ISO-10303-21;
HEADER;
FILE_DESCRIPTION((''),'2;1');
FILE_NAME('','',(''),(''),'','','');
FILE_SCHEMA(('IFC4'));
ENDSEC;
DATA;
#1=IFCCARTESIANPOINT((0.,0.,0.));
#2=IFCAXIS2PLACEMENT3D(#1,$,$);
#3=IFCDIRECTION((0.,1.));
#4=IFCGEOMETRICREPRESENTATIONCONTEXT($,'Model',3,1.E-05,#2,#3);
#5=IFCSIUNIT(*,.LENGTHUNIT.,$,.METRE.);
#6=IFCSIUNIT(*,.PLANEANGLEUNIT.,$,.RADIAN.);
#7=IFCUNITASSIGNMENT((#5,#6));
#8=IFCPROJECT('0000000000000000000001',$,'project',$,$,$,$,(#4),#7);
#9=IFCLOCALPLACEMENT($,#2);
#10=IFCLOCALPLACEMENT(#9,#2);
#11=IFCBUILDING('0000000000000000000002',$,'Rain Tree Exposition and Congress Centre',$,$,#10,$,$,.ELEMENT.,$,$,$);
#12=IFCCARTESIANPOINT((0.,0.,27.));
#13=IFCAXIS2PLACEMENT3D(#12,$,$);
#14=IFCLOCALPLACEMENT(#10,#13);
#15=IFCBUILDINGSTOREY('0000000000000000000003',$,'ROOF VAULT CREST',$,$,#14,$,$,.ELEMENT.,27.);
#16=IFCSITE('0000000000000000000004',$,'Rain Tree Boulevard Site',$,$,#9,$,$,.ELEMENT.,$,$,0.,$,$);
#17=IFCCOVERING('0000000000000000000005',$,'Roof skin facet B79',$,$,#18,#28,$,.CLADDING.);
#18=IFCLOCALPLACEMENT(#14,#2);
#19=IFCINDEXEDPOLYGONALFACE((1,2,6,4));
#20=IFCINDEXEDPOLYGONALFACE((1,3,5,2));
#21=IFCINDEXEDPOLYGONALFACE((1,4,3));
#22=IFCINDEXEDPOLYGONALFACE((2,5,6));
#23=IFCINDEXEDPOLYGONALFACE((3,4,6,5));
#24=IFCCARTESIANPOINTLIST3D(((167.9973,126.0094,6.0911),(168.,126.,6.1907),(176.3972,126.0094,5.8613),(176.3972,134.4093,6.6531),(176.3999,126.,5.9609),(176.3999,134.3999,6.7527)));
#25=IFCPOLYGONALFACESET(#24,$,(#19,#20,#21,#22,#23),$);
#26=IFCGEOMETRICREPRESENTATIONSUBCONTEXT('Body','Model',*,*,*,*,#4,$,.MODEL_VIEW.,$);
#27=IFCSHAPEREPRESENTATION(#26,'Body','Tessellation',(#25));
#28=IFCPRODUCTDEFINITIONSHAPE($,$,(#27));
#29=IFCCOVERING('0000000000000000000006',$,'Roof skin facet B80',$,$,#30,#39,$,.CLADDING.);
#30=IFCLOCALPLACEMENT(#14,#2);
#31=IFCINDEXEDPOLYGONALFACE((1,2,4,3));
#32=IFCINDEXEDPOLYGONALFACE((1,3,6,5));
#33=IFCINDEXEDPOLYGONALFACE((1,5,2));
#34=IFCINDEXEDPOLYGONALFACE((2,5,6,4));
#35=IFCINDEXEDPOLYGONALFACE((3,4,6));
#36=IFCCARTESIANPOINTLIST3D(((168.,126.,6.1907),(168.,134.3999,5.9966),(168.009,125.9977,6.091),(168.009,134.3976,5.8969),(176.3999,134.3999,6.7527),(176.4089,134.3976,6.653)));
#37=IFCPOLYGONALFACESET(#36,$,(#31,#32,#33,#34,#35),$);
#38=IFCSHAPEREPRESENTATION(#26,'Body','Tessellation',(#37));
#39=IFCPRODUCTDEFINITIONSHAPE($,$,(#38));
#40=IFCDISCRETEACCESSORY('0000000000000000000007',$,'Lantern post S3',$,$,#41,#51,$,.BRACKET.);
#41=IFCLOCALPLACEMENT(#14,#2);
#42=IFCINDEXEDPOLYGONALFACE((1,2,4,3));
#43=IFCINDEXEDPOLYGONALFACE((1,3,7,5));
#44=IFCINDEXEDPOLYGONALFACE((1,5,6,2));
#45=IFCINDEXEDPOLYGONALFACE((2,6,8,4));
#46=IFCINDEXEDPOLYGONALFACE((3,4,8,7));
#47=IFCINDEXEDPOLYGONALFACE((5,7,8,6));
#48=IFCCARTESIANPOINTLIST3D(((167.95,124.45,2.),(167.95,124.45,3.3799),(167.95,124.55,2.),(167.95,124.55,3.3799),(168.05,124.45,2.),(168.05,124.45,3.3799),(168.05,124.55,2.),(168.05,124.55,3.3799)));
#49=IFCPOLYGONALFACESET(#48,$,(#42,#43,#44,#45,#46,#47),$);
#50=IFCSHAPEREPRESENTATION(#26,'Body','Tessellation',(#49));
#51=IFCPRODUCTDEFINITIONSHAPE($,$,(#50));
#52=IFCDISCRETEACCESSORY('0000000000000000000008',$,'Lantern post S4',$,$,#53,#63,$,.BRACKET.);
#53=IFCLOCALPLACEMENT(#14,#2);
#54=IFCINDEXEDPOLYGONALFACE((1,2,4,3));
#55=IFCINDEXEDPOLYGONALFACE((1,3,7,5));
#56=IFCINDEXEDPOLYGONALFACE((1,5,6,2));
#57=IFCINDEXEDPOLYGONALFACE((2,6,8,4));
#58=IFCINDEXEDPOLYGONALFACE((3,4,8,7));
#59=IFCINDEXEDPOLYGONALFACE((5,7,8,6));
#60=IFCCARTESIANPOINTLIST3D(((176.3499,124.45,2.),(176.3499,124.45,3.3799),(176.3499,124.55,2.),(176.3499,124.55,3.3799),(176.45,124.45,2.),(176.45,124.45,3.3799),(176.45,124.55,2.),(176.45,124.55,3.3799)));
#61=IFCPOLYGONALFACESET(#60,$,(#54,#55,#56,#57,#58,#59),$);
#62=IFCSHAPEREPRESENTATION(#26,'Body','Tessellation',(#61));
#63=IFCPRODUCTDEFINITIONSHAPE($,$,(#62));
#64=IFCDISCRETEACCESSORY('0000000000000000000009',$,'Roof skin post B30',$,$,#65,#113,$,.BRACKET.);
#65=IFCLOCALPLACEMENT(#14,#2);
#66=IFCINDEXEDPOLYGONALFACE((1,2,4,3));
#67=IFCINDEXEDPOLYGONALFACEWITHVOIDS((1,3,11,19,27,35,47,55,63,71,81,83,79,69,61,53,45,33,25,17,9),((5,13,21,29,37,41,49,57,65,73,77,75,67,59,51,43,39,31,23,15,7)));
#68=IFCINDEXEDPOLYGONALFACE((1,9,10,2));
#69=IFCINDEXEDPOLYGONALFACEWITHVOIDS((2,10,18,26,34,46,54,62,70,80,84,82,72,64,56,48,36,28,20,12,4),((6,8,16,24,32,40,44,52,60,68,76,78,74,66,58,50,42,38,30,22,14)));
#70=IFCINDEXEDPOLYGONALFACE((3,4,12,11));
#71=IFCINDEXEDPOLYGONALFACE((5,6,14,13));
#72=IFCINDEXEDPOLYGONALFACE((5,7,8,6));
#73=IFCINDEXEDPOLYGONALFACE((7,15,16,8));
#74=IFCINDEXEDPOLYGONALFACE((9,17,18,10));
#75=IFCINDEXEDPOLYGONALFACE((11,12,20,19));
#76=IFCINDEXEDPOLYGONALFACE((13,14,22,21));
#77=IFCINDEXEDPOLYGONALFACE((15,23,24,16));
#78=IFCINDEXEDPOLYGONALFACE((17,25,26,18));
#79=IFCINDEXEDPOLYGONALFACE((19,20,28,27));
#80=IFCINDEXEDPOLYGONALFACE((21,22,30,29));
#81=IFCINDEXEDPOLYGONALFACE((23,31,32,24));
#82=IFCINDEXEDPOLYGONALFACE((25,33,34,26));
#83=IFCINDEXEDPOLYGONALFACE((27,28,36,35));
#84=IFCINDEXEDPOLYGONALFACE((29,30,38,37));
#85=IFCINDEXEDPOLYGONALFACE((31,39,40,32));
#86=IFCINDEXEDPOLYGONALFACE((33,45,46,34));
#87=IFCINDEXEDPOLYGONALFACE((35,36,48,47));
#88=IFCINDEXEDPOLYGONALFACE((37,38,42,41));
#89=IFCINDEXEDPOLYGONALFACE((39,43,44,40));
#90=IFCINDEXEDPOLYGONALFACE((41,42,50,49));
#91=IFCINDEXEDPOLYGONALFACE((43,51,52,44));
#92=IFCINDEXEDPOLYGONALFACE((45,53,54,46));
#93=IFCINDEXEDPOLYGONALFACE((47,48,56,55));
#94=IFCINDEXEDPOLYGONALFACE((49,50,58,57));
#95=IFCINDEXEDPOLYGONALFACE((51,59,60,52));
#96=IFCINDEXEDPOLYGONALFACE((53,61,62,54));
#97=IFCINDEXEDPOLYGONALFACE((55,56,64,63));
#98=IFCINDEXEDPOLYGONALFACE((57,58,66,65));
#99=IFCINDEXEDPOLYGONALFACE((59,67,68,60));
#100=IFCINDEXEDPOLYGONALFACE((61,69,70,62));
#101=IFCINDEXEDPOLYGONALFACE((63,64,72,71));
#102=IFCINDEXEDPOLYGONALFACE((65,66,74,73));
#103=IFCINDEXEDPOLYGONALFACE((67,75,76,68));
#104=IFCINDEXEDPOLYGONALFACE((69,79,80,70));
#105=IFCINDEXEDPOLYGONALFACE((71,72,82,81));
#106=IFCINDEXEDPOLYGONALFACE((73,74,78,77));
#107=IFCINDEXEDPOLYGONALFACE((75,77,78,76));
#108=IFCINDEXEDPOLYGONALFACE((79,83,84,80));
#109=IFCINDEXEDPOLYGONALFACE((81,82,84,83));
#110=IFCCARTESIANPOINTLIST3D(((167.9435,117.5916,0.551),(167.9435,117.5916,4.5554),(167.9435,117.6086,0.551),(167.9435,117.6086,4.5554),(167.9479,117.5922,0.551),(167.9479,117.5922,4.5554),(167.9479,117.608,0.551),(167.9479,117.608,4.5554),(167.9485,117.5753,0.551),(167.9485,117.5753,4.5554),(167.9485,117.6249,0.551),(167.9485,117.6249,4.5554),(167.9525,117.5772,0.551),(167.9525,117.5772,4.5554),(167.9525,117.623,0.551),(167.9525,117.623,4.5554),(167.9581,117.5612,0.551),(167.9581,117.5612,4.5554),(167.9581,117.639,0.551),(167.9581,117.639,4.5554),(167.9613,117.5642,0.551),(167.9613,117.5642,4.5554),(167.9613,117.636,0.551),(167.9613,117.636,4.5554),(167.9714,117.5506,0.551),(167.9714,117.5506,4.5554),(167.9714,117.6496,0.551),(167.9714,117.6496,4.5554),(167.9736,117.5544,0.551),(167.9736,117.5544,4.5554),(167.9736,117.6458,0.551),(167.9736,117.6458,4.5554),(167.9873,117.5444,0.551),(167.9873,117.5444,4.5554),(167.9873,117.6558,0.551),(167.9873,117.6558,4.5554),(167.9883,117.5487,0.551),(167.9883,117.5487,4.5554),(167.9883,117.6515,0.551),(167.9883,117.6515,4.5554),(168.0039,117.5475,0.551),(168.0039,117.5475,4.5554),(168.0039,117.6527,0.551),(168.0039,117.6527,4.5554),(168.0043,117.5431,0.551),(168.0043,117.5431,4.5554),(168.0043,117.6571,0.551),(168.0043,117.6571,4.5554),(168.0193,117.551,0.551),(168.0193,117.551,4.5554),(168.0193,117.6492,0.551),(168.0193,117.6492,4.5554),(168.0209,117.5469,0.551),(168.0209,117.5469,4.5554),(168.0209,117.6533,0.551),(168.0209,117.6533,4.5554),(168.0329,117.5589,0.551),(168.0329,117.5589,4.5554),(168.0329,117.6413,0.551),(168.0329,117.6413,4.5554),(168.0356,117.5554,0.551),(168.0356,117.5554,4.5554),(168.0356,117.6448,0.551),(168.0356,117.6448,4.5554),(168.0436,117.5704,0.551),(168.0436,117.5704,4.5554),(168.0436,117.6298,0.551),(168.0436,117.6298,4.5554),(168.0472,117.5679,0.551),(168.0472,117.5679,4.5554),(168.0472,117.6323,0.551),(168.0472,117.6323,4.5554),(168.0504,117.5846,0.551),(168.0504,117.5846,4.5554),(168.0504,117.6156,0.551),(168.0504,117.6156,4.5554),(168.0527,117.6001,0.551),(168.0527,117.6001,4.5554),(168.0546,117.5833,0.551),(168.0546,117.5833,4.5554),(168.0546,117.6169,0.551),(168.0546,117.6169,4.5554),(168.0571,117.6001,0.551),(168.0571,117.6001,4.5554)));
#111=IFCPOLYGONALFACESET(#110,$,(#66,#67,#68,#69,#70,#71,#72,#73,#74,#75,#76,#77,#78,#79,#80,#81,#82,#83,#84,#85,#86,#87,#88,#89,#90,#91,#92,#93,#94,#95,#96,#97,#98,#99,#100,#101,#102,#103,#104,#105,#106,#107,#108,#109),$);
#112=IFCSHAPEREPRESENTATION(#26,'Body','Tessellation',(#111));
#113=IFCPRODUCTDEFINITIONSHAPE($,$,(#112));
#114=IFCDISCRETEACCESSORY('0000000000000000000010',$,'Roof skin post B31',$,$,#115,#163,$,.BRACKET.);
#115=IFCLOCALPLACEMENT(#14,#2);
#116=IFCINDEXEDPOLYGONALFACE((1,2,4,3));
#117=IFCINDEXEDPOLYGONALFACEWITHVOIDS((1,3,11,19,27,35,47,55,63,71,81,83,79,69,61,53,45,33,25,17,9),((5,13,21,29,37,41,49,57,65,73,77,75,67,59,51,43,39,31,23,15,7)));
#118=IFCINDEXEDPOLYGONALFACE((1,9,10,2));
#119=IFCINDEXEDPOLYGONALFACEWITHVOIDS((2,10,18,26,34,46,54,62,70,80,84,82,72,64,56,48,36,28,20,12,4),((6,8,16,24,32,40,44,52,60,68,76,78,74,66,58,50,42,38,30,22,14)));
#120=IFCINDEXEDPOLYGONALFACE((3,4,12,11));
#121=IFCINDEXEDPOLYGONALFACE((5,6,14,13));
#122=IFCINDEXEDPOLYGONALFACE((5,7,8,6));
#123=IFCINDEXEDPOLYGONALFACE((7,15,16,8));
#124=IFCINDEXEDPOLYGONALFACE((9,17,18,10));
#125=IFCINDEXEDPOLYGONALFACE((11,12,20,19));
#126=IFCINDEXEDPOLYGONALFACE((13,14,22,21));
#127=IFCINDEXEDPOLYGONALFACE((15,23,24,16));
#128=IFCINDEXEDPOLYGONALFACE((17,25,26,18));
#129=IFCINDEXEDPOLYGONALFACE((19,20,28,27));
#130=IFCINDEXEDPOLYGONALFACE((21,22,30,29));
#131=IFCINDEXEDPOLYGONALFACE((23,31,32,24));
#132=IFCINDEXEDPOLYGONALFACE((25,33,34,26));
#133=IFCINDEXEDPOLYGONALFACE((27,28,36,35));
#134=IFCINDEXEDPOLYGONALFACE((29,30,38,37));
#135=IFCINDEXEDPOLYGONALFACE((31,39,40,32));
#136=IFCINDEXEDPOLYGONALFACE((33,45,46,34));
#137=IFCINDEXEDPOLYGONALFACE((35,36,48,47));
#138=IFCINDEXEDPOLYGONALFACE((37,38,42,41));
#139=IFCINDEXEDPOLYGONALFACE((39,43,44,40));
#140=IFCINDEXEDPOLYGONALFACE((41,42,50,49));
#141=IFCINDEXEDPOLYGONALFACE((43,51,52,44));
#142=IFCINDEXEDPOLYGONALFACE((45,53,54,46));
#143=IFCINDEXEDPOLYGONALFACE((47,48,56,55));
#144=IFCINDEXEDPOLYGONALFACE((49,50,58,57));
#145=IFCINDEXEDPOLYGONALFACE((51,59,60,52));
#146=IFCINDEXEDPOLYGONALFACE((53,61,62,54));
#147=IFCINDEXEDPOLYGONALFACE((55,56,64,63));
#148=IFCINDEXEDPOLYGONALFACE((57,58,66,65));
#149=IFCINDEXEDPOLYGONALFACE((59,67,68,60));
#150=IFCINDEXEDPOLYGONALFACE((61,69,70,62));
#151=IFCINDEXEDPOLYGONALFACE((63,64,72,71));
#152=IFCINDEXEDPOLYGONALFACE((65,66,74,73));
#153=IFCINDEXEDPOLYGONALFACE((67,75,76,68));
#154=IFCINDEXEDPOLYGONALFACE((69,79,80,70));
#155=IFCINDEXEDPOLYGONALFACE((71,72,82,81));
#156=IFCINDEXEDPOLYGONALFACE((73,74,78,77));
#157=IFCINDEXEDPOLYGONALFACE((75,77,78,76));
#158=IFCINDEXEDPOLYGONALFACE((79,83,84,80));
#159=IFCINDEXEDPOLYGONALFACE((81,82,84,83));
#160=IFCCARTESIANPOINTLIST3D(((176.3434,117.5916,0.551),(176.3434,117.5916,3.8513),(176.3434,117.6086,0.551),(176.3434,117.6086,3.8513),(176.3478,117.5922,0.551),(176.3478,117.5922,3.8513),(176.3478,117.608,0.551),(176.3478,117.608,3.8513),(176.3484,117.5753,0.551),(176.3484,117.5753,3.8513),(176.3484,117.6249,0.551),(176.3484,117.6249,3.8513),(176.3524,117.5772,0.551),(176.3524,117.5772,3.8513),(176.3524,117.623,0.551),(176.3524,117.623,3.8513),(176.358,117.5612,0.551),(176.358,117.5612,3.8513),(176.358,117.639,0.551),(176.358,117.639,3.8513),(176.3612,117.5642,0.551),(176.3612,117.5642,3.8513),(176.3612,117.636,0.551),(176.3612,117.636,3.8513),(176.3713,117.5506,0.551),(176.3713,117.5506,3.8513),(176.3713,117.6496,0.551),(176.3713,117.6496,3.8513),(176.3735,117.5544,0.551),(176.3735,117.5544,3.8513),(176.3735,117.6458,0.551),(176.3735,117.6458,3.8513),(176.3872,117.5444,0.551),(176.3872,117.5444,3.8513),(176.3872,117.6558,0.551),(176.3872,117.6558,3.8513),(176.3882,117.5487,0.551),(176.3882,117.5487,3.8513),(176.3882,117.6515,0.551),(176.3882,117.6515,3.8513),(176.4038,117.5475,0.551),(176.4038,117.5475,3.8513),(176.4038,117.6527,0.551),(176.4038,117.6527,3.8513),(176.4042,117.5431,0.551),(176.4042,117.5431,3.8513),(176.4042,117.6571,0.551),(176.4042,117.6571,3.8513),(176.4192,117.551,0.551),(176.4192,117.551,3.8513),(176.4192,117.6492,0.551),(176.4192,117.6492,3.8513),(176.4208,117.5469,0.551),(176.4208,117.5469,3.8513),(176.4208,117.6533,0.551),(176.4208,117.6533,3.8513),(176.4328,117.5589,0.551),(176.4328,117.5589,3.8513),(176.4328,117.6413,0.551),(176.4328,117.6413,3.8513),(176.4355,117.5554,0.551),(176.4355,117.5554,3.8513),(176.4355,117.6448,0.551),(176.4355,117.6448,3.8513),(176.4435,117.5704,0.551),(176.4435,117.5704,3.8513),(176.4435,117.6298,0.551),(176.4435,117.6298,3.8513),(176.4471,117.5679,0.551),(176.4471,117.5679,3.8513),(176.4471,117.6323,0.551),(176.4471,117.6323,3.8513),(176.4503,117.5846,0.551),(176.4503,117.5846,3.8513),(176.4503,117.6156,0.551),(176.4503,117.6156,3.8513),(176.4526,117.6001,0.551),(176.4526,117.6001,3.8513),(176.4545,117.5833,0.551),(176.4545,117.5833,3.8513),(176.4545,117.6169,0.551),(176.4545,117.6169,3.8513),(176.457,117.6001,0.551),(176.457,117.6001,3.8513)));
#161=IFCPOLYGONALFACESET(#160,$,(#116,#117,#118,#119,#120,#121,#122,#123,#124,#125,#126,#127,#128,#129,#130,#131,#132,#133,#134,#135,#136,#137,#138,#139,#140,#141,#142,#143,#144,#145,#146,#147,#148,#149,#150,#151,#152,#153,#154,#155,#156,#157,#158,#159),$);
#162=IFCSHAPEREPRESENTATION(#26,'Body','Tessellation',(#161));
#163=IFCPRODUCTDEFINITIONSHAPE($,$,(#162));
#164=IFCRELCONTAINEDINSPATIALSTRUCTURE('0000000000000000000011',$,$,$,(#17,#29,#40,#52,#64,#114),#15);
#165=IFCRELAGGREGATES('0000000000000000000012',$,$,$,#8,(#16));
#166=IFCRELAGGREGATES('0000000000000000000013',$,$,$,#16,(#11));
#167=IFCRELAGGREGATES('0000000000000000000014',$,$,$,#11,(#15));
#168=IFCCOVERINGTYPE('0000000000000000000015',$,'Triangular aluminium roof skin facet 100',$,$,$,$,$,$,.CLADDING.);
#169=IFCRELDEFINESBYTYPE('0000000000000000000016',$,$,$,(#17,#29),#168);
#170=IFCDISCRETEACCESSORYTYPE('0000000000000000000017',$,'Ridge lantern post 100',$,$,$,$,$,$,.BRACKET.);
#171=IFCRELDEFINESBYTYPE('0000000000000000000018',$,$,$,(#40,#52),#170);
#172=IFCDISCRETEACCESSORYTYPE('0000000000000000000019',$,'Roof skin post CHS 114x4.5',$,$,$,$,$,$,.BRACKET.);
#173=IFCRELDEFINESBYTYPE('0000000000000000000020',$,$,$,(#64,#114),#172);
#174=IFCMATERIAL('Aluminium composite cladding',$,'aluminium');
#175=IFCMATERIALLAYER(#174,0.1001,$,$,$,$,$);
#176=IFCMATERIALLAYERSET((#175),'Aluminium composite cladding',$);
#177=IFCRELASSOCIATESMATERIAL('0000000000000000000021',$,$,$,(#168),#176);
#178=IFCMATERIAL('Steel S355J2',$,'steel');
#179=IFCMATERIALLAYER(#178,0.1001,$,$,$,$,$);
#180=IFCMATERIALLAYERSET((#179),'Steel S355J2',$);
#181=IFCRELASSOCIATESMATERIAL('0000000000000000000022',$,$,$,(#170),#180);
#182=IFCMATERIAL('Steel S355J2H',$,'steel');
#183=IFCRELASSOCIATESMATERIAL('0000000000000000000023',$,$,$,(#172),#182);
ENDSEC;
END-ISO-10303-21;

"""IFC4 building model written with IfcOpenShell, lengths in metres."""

from ifc_helpers import new_model, si_unit, direction, frame, origin, origin_2d, place, context, subcontext, project, spatial, polyline, rectangle, hollow_circle, outline, extrude, material, layer, layer_set, material_profile, profile_set, type_object, element, save


model = new_model("IFC4")

# Units and contexts
model_context = context("Model", 3, precision=1e-05, world=origin(), true_north=direction((0.0, 1.0)))
body_context = subcontext(model_context, "Body", "Model", "MODEL_VIEW")
ifc_project = project(units=[si_unit("LENGTHUNIT", "METRE"), si_unit("PLANEANGLEUNIT", "RADIAN")], contexts=[model_context])

# Site, building, storey
site_placement = place(None, origin())
site = spatial("IfcSite", under=ifc_project, at=site_placement, Name="Rain Tree Boulevard Site", CompositionType="ELEMENT", RefElevation=0.0)
building_placement = place(site_placement, origin())
building = spatial("IfcBuilding", under=site, at=building_placement, Name="Rain Tree Exposition and Congress Centre", CompositionType="ELEMENT")
storey_placement = place(building_placement, frame((0.0, 0.0, 27.0)))
storey = spatial("IfcBuildingStorey", under=building, at=storey_placement, Name="ROOF VAULT CREST", CompositionType="ELEMENT", Elevation=27.0)

# Coverings
ifc_material_1 = material(Name="Aluminium composite cladding", Category="aluminium")
ifc_layer_1 = layer(ifc_material_1, 0.1001)
ifc_layer_set_1 = layer_set([ifc_layer_1], Name="Aluminium composite cladding")
covering_type_1 = type_object("IfcCoveringType", Name="Triangular aluminium roof skin facet 100", PredefinedType="CLADDING", material=ifc_layer_set_1)
covering_1_placement = place(storey_placement, frame((168.0, 126.0, 6.1907), z_axis=(0.027219, -0.093806, 0.995218), x_axis=(0.999626, 0.0, -0.02734)))
element("IfcCovering", 1, at=covering_1_placement, inside=storey, type_object=covering_type_1, Name="Roof skin facet B79", PredefinedType="CLADDING", context=body_context, shape_type="SweptSolid", body=[
    extrude(outline(polyline([(0.0, 0.0), (8.403, 0.0), (8.3814, 8.4371), (0.0, 0.0)])), origin(), (0.0, 0.0, -1.0), 0.1001),
])
covering_2_placement = place(storey_placement, frame((168.0, 126.0, 6.1907), z_axis=(-0.089627, 0.023007, 0.99571), x_axis=(0.706317, 0.706317, 0.047257)))
element("IfcCovering", 2, at=covering_2_placement, inside=storey, type_object=covering_type_1, Name="Roof skin facet B80", PredefinedType="CLADDING", context=body_context, shape_type="SweptSolid", body=[
    extrude(outline(polyline([(0.0, 0.0), (11.8925, 0.0), (5.9238, 5.9586), (0.0, 0.0)])), origin(), (0.0, 0.0, -1.0), 0.1001),
])

# Discrete accessories
ifc_material_2 = material(Name="Steel S355J2", Category="steel")
ifc_layer_2 = layer(ifc_material_2, 0.1001)
ifc_layer_set_2 = layer_set([ifc_layer_2], Name="Steel S355J2")
discrete_accessory_type_1 = type_object("IfcDiscreteAccessoryType", Name="Ridge lantern post 100", PredefinedType="BRACKET", material=ifc_layer_set_2)
for number, where, z_axis, x_axis, name in (
    (3, (168.0, 124.5, 2.0), (0.0, 0.0, 1.0), (1.0, 0.0, 0.0), "Lantern post S3"),
    (4, (176.3999, 124.5, 2.0), (0.0, 0.0, 1.0), (1.0, 0.0, 0.0), "Lantern post S4"),
):
    element("IfcDiscreteAccessory", number, at=place(storey_placement, frame(where, z_axis=z_axis, x_axis=x_axis)), inside=storey, type_object=discrete_accessory_type_1, Name=name, PredefinedType="BRACKET", context=body_context, shape_type="SweptSolid", body=[
        extrude(rectangle(XDim=0.1001, YDim=0.1001, at=origin_2d()), origin(), (0.0, 0.0, 1.0), 1.3799),
    ])
ifc_material_3 = material(Name="Steel S355J2H", Category="steel")
ifc_material_profile_1 = material_profile(ifc_material_3, hollow_circle(Radius=0.0571, WallThickness=0.0044, at=origin_2d()), Name="CHS 114x4.5")
ifc_profile_set_1 = profile_set([ifc_material_profile_1], Name="Steel S355J2H")
discrete_accessory_type_2 = type_object("IfcDiscreteAccessoryType", Name="Roof skin post CHS 114x4.5", PredefinedType="BRACKET", material=ifc_profile_set_1)
discrete_accessory_1_placement = place(storey_placement, frame((168.0, 117.6001, 0.551), z_axis=(0.0, 0.0, 1.0), x_axis=(1.0, 0.0, 0.0)))
element("IfcDiscreteAccessory", 5, at=discrete_accessory_1_placement, inside=storey, type_object=discrete_accessory_type_2, Name="Roof skin post B30", PredefinedType="BRACKET", context=body_context, shape_type="SweptSolid", body=[
    extrude(hollow_circle(Radius=0.0571, WallThickness=0.0044, at=origin_2d()), origin(), (0.0, 0.0, 1.0), 4.0044),
])
discrete_accessory_2_placement = place(storey_placement, frame((176.3999, 117.6001, 0.551), z_axis=(0.0, 0.0, 1.0), x_axis=(1.0, 0.0, 0.0)))
element("IfcDiscreteAccessory", 6, at=discrete_accessory_2_placement, inside=storey, type_object=discrete_accessory_type_2, Name="Roof skin post B31", PredefinedType="BRACKET", context=body_context, shape_type="SweptSolid", body=[
    extrude(hollow_circle(Radius=0.0571, WallThickness=0.0044, at=origin_2d()), origin(), (0.0, 0.0, 1.0), 3.3003),
])

save(model, "model.ifc")
